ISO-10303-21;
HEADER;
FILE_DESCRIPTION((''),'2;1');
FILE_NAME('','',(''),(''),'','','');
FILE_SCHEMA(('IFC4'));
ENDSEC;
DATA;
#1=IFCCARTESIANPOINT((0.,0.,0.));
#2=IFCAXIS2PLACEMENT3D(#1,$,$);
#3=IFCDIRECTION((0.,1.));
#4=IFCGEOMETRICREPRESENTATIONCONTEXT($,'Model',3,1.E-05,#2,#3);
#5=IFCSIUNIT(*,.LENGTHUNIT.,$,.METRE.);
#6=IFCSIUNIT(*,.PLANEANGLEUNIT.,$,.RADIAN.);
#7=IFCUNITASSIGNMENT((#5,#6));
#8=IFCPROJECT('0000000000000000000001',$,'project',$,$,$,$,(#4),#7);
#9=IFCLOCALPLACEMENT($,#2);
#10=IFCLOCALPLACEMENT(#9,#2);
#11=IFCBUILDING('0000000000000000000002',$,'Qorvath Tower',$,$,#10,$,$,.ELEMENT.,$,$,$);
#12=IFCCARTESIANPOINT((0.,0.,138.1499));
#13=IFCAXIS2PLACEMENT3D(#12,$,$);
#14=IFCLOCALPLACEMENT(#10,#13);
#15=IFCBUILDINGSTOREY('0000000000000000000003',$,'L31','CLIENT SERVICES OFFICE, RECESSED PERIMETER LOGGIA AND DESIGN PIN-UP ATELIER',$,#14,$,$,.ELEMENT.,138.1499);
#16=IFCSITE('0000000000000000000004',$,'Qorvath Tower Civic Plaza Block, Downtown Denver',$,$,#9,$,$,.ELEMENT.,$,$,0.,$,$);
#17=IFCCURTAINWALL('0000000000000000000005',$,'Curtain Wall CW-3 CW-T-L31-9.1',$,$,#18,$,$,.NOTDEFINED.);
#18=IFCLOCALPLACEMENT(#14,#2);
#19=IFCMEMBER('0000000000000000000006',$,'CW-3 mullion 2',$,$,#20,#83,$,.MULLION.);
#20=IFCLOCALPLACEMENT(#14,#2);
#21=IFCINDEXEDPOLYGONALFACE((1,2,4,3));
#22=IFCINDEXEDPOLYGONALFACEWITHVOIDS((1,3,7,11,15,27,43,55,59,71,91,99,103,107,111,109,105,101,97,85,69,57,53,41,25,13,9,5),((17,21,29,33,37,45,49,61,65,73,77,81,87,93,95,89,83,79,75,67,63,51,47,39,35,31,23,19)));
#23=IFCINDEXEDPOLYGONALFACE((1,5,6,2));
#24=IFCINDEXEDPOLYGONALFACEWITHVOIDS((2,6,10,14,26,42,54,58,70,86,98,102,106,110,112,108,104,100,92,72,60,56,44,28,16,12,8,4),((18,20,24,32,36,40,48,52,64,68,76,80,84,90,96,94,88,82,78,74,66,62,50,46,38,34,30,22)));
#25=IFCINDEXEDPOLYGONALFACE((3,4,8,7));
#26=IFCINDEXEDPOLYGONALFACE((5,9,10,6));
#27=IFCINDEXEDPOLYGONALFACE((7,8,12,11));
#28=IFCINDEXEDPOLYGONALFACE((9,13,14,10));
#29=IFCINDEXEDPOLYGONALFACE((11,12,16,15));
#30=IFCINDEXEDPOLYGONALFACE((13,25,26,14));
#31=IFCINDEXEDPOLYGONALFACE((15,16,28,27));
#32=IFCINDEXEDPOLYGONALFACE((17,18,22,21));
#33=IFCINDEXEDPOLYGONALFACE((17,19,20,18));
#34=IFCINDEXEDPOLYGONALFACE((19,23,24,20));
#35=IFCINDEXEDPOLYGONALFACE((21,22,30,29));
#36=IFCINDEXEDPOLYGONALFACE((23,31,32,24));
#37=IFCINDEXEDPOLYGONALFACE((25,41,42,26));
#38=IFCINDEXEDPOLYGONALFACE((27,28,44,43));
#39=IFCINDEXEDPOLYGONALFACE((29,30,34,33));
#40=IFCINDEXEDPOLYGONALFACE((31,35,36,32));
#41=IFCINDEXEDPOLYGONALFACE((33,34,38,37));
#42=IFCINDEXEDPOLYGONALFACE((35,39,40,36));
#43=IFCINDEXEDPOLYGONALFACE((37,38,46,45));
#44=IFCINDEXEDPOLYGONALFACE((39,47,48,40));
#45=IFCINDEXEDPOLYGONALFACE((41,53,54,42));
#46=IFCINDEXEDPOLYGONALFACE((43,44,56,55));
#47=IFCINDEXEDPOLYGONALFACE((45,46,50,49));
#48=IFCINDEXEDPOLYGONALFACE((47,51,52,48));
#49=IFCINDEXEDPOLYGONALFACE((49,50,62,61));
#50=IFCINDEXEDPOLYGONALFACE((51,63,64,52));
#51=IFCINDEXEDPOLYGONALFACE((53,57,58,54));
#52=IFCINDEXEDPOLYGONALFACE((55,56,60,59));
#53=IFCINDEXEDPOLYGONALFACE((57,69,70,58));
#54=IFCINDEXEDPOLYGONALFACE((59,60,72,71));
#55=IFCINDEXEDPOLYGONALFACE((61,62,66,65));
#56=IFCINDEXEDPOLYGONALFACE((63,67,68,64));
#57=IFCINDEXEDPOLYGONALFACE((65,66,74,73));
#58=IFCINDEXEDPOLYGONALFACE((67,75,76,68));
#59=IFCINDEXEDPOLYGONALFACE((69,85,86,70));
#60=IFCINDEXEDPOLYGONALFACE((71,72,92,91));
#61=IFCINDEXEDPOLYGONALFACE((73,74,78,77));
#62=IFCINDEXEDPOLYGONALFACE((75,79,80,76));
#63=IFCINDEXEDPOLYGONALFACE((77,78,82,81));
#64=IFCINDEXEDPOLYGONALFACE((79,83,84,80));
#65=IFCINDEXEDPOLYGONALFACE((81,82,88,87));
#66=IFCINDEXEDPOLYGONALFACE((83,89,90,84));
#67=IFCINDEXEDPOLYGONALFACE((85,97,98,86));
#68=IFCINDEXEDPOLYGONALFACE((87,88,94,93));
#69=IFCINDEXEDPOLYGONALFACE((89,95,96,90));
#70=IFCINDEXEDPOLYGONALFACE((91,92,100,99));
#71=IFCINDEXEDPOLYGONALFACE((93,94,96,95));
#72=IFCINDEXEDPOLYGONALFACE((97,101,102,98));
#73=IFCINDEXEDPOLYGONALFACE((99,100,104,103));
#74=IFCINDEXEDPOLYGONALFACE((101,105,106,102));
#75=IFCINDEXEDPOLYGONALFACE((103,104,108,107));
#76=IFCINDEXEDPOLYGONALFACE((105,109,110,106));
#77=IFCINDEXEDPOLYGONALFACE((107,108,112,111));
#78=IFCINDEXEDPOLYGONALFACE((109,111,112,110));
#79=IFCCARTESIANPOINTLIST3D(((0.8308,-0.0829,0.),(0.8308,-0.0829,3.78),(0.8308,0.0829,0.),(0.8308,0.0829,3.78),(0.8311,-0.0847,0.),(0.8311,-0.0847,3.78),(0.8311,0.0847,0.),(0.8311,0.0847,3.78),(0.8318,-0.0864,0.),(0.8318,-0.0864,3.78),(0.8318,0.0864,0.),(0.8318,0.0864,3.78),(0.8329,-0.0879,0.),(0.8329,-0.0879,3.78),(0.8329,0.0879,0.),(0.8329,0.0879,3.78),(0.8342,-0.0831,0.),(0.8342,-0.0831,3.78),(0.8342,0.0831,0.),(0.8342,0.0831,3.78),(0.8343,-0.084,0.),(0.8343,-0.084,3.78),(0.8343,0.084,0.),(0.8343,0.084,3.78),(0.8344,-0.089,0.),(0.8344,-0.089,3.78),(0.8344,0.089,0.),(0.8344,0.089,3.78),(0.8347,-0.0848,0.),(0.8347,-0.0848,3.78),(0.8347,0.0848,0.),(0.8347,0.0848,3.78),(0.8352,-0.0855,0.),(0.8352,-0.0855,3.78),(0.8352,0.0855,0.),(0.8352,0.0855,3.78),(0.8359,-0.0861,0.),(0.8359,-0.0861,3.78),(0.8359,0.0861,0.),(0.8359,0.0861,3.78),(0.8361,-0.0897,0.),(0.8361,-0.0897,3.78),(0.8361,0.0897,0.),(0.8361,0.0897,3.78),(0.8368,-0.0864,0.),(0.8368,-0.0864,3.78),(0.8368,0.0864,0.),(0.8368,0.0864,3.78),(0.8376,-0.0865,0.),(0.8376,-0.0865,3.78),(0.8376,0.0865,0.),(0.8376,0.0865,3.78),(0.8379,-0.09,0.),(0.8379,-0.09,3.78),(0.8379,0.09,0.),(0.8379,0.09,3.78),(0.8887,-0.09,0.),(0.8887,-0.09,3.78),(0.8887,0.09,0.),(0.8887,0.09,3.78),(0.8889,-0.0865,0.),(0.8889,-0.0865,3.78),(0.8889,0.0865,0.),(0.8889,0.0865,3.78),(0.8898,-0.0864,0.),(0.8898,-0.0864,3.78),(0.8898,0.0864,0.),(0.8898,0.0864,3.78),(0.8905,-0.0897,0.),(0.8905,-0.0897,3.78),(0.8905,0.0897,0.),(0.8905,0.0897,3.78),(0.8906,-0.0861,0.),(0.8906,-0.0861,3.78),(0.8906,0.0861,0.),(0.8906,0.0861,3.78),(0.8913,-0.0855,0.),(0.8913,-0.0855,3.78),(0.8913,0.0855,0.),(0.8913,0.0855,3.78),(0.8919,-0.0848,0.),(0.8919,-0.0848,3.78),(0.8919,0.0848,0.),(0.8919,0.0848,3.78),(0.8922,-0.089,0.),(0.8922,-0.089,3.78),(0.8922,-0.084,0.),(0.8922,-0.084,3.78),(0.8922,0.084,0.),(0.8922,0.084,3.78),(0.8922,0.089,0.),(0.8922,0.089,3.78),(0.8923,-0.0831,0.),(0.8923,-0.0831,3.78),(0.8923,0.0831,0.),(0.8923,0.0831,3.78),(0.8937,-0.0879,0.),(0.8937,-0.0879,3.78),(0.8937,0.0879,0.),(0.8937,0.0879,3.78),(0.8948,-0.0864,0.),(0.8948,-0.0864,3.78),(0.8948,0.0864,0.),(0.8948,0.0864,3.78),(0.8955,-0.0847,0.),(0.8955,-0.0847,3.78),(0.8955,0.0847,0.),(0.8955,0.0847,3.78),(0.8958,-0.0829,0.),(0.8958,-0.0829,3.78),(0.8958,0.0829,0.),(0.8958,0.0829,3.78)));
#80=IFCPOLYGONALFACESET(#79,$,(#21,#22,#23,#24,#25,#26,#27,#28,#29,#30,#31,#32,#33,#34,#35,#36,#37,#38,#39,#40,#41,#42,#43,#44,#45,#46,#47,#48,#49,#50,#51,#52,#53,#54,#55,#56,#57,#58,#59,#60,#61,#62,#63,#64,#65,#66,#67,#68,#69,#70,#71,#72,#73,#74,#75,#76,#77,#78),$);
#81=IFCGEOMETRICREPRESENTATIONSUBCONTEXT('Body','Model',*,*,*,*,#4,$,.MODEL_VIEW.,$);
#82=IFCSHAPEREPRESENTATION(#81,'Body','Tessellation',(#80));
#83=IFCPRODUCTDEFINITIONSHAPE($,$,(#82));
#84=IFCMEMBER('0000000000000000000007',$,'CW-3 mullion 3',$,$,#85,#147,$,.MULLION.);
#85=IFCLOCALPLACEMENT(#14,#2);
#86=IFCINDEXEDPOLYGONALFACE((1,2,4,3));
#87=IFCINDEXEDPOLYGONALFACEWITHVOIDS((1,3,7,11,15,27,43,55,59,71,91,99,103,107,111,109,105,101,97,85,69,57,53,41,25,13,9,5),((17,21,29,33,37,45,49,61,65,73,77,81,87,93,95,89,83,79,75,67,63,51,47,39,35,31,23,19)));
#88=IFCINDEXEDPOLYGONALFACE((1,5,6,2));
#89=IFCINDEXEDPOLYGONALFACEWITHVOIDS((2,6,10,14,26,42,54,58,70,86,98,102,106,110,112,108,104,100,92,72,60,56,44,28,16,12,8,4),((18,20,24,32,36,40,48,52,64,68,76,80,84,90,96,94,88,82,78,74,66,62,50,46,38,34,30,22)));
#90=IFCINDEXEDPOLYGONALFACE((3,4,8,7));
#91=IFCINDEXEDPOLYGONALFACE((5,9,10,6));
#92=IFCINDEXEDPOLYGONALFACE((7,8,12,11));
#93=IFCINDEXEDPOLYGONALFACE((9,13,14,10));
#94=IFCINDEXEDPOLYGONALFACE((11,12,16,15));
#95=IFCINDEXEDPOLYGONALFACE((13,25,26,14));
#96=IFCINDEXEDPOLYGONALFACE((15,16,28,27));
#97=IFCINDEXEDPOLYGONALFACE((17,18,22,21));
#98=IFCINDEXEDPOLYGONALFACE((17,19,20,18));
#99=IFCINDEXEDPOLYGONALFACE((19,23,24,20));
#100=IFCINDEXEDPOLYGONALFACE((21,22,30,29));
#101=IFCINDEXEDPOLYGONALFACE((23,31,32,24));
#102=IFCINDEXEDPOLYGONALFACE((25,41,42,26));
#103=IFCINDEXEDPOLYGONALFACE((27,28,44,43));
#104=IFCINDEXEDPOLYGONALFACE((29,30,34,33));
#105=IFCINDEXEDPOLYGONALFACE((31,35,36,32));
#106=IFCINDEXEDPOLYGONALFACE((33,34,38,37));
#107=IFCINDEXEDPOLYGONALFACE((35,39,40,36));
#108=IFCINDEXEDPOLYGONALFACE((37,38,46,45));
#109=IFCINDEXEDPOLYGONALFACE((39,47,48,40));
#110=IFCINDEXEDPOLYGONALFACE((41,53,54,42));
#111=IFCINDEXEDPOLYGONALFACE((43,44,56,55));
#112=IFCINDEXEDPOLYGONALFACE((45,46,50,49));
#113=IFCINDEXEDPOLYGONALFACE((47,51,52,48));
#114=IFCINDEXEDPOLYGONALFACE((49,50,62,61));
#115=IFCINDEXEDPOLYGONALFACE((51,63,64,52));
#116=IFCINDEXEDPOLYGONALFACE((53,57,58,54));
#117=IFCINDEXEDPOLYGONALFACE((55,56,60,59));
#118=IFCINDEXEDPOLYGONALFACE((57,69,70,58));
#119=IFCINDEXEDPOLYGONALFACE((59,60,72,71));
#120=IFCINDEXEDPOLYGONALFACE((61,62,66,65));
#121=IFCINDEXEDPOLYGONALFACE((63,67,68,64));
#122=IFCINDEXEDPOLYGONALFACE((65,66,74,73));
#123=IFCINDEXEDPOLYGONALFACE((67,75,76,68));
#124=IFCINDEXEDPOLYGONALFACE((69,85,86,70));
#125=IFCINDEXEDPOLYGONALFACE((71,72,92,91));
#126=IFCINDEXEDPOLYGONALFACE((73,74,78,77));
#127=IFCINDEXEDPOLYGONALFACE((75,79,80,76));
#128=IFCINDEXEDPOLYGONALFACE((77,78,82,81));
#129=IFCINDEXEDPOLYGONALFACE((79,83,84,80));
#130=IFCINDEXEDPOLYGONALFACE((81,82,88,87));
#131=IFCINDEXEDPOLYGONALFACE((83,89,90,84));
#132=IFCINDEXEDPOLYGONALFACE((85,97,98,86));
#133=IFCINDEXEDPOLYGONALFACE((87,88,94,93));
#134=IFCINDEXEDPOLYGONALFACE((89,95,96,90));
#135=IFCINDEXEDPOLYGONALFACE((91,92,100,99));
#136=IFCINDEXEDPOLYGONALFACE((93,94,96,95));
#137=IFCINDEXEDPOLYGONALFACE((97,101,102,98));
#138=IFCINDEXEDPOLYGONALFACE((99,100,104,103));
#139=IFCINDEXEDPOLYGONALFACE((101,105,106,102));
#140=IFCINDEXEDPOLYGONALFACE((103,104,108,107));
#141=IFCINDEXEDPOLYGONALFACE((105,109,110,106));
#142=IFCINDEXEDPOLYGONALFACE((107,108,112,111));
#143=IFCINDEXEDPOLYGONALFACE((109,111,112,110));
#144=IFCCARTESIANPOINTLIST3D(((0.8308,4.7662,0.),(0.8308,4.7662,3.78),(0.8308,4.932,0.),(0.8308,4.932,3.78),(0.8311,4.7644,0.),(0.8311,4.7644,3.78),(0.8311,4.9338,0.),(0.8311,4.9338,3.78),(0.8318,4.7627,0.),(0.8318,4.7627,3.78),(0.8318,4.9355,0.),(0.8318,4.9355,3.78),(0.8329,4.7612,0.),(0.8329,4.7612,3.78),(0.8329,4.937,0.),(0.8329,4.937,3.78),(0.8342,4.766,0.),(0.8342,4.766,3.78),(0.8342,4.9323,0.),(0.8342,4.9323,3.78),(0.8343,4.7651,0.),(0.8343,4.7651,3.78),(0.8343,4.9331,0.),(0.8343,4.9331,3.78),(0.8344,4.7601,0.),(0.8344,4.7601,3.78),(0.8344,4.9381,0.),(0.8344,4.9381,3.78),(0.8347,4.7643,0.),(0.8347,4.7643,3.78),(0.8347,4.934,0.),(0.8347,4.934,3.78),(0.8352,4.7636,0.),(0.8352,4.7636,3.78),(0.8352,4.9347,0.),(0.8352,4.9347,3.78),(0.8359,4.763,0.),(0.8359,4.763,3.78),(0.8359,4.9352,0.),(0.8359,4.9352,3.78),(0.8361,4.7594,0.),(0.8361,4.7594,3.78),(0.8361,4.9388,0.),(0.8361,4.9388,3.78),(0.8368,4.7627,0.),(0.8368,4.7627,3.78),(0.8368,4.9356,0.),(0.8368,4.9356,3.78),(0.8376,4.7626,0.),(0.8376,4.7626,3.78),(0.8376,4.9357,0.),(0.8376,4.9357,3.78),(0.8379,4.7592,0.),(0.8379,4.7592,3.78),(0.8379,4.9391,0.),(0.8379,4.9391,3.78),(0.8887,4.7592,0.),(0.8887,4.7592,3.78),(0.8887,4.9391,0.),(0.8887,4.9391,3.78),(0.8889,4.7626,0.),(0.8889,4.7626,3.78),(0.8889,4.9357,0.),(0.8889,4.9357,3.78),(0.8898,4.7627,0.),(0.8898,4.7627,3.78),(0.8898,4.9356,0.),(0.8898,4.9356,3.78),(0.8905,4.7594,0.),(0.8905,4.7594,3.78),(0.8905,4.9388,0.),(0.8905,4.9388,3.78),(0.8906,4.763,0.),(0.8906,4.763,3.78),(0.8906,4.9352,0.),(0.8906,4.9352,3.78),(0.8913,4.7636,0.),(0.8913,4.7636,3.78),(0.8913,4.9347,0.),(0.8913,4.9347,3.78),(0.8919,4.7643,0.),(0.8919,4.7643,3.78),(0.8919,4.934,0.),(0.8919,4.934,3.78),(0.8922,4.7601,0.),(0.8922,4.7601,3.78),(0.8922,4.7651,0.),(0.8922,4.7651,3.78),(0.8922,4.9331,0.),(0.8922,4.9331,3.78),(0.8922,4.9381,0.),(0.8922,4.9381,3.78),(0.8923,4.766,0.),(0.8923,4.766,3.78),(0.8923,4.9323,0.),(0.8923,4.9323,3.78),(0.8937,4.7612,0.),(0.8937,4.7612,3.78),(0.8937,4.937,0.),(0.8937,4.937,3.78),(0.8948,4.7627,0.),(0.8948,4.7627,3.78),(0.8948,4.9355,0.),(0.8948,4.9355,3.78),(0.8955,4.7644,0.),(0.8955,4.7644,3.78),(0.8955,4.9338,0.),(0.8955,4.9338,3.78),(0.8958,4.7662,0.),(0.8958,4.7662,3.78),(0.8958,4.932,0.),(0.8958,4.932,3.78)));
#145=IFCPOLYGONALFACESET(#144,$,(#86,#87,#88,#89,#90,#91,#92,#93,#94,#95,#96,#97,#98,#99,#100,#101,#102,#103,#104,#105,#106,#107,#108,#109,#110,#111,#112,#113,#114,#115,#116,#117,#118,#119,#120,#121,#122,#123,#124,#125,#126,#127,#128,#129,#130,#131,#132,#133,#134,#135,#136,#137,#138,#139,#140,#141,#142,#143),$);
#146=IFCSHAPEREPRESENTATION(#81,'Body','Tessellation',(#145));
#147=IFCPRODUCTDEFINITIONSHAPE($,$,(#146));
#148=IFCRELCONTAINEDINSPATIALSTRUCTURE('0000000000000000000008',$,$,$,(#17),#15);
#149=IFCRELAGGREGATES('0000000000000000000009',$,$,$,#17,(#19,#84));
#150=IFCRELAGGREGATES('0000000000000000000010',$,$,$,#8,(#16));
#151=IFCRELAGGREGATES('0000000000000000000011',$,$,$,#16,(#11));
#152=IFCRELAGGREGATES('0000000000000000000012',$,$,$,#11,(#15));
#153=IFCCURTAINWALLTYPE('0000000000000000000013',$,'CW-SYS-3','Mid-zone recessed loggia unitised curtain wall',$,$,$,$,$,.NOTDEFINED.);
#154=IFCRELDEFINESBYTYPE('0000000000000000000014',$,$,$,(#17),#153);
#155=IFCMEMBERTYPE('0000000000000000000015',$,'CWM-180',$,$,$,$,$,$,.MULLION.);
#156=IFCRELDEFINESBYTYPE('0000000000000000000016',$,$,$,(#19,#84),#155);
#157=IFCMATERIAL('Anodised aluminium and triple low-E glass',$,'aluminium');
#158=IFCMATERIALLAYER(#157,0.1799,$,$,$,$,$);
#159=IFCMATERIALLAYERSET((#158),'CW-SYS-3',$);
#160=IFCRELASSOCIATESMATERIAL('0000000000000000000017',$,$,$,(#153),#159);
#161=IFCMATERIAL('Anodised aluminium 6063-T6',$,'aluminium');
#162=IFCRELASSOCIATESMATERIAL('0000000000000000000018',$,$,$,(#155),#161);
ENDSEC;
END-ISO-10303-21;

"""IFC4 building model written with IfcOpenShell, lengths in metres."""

from ifc_helpers import new_model, si_unit, direction, frame, origin, origin_2d, place, context, subcontext, project, spatial, hollow_rectangle, extrude, material, layer, layer_set, material_profile, profile_set, type_object, element, aggregate, save


model = new_model("IFC4")

# Units and contexts
model_context = context("Model", 3, precision=1e-05, world=origin(), true_north=direction((0.0, 1.0)))
body_context = subcontext(model_context, "Body", "Model", "MODEL_VIEW")
ifc_project = project(units=[si_unit("LENGTHUNIT", "METRE"), si_unit("PLANEANGLEUNIT", "RADIAN")], contexts=[model_context])

# Site, building, storey
site_placement = place(None, origin())
site = spatial("IfcSite", under=ifc_project, at=site_placement, Name="Qorvath Tower Civic Plaza Block, Downtown Denver", CompositionType="ELEMENT", RefElevation=0.0)
building_placement = place(site_placement, origin())
building = spatial("IfcBuilding", under=site, at=building_placement, Name="Qorvath Tower", CompositionType="ELEMENT")
storey_placement = place(building_placement, frame((0.0, 0.0, 138.1499)))
storey = spatial("IfcBuildingStorey", under=building, at=storey_placement, Name="L31", Description="CLIENT SERVICES OFFICE, RECESSED PERIMETER LOGGIA AND DESIGN PIN-UP ATELIER", CompositionType="ELEMENT", Elevation=138.1499)

# Curtain wall, members
ifc_material_1 = material(Name="Anodised aluminium and triple low-E glass", Category="aluminium")
ifc_layer_1 = layer(ifc_material_1, 0.1799)
ifc_layer_set_1 = layer_set([ifc_layer_1], Name="CW-SYS-3")
curtain_wall_type = type_object("IfcCurtainWallType", Name="CW-SYS-3", Description="Mid-zone recessed loggia unitised curtain wall", PredefinedType="NOTDEFINED", material=ifc_layer_set_1)
curtain_wall_1_placement = place(storey_placement, origin())
curtain_wall_1 = element("IfcCurtainWall", 1, at=curtain_wall_1_placement, inside=storey, type_object=curtain_wall_type, Name="Curtain Wall CW-3 CW-T-L31-9.1", PredefinedType="NOTDEFINED")
ifc_material_2 = material(Name="Anodised aluminium 6063-T6", Category="aluminium")
ifc_material_profile_1 = material_profile(ifc_material_2, hollow_rectangle(XDim=0.0649, YDim=0.1799, WallThickness=0.0034, InnerFilletRadius=0.0034, OuterFilletRadius=0.0071, at=origin_2d()), Name="CWM 180x65")
ifc_profile_set_1 = profile_set([ifc_material_profile_1], Name="Anodised aluminium 6063-T6")
member_type_1 = type_object("IfcMemberType", Name="CWM-180", PredefinedType="MULLION", material=ifc_profile_set_1)
member_1_placement = place(storey_placement, frame((0.8633, 0.0, 0.0), z_axis=(0.0, 0.0, 1.0), x_axis=(-1.0, 0.0, 0.0)))
member_1 = element("IfcMember", 2, at=member_1_placement, type_object=member_type_1, Name="CW-3 mullion 2", PredefinedType="MULLION", context=body_context, shape_type="SweptSolid", body=[
    extrude(hollow_rectangle(XDim=0.0649, YDim=0.1799, WallThickness=0.0034, InnerFilletRadius=0.0034, OuterFilletRadius=0.0071, at=origin_2d()), origin(), (0.0, 0.0, 1.0), 3.78),
])
member_2_placement = place(storey_placement, frame((0.8633, 4.8491, 0.0), z_axis=(0.0, 0.0, 1.0), x_axis=(-1.0, 0.0, 0.0)))
member_2 = element("IfcMember", 3, at=member_2_placement, type_object=member_type_1, Name="CW-3 mullion 3", PredefinedType="MULLION", context=body_context, shape_type="SweptSolid", body=[
    extrude(hollow_rectangle(XDim=0.0649, YDim=0.1799, WallThickness=0.0034, InnerFilletRadius=0.0034, OuterFilletRadius=0.0071, at=origin_2d()), origin(), (0.0, 0.0, 1.0), 3.78),
])

aggregate(curtain_wall_1, [member_1, member_2])

save(model, "model.ifc")
